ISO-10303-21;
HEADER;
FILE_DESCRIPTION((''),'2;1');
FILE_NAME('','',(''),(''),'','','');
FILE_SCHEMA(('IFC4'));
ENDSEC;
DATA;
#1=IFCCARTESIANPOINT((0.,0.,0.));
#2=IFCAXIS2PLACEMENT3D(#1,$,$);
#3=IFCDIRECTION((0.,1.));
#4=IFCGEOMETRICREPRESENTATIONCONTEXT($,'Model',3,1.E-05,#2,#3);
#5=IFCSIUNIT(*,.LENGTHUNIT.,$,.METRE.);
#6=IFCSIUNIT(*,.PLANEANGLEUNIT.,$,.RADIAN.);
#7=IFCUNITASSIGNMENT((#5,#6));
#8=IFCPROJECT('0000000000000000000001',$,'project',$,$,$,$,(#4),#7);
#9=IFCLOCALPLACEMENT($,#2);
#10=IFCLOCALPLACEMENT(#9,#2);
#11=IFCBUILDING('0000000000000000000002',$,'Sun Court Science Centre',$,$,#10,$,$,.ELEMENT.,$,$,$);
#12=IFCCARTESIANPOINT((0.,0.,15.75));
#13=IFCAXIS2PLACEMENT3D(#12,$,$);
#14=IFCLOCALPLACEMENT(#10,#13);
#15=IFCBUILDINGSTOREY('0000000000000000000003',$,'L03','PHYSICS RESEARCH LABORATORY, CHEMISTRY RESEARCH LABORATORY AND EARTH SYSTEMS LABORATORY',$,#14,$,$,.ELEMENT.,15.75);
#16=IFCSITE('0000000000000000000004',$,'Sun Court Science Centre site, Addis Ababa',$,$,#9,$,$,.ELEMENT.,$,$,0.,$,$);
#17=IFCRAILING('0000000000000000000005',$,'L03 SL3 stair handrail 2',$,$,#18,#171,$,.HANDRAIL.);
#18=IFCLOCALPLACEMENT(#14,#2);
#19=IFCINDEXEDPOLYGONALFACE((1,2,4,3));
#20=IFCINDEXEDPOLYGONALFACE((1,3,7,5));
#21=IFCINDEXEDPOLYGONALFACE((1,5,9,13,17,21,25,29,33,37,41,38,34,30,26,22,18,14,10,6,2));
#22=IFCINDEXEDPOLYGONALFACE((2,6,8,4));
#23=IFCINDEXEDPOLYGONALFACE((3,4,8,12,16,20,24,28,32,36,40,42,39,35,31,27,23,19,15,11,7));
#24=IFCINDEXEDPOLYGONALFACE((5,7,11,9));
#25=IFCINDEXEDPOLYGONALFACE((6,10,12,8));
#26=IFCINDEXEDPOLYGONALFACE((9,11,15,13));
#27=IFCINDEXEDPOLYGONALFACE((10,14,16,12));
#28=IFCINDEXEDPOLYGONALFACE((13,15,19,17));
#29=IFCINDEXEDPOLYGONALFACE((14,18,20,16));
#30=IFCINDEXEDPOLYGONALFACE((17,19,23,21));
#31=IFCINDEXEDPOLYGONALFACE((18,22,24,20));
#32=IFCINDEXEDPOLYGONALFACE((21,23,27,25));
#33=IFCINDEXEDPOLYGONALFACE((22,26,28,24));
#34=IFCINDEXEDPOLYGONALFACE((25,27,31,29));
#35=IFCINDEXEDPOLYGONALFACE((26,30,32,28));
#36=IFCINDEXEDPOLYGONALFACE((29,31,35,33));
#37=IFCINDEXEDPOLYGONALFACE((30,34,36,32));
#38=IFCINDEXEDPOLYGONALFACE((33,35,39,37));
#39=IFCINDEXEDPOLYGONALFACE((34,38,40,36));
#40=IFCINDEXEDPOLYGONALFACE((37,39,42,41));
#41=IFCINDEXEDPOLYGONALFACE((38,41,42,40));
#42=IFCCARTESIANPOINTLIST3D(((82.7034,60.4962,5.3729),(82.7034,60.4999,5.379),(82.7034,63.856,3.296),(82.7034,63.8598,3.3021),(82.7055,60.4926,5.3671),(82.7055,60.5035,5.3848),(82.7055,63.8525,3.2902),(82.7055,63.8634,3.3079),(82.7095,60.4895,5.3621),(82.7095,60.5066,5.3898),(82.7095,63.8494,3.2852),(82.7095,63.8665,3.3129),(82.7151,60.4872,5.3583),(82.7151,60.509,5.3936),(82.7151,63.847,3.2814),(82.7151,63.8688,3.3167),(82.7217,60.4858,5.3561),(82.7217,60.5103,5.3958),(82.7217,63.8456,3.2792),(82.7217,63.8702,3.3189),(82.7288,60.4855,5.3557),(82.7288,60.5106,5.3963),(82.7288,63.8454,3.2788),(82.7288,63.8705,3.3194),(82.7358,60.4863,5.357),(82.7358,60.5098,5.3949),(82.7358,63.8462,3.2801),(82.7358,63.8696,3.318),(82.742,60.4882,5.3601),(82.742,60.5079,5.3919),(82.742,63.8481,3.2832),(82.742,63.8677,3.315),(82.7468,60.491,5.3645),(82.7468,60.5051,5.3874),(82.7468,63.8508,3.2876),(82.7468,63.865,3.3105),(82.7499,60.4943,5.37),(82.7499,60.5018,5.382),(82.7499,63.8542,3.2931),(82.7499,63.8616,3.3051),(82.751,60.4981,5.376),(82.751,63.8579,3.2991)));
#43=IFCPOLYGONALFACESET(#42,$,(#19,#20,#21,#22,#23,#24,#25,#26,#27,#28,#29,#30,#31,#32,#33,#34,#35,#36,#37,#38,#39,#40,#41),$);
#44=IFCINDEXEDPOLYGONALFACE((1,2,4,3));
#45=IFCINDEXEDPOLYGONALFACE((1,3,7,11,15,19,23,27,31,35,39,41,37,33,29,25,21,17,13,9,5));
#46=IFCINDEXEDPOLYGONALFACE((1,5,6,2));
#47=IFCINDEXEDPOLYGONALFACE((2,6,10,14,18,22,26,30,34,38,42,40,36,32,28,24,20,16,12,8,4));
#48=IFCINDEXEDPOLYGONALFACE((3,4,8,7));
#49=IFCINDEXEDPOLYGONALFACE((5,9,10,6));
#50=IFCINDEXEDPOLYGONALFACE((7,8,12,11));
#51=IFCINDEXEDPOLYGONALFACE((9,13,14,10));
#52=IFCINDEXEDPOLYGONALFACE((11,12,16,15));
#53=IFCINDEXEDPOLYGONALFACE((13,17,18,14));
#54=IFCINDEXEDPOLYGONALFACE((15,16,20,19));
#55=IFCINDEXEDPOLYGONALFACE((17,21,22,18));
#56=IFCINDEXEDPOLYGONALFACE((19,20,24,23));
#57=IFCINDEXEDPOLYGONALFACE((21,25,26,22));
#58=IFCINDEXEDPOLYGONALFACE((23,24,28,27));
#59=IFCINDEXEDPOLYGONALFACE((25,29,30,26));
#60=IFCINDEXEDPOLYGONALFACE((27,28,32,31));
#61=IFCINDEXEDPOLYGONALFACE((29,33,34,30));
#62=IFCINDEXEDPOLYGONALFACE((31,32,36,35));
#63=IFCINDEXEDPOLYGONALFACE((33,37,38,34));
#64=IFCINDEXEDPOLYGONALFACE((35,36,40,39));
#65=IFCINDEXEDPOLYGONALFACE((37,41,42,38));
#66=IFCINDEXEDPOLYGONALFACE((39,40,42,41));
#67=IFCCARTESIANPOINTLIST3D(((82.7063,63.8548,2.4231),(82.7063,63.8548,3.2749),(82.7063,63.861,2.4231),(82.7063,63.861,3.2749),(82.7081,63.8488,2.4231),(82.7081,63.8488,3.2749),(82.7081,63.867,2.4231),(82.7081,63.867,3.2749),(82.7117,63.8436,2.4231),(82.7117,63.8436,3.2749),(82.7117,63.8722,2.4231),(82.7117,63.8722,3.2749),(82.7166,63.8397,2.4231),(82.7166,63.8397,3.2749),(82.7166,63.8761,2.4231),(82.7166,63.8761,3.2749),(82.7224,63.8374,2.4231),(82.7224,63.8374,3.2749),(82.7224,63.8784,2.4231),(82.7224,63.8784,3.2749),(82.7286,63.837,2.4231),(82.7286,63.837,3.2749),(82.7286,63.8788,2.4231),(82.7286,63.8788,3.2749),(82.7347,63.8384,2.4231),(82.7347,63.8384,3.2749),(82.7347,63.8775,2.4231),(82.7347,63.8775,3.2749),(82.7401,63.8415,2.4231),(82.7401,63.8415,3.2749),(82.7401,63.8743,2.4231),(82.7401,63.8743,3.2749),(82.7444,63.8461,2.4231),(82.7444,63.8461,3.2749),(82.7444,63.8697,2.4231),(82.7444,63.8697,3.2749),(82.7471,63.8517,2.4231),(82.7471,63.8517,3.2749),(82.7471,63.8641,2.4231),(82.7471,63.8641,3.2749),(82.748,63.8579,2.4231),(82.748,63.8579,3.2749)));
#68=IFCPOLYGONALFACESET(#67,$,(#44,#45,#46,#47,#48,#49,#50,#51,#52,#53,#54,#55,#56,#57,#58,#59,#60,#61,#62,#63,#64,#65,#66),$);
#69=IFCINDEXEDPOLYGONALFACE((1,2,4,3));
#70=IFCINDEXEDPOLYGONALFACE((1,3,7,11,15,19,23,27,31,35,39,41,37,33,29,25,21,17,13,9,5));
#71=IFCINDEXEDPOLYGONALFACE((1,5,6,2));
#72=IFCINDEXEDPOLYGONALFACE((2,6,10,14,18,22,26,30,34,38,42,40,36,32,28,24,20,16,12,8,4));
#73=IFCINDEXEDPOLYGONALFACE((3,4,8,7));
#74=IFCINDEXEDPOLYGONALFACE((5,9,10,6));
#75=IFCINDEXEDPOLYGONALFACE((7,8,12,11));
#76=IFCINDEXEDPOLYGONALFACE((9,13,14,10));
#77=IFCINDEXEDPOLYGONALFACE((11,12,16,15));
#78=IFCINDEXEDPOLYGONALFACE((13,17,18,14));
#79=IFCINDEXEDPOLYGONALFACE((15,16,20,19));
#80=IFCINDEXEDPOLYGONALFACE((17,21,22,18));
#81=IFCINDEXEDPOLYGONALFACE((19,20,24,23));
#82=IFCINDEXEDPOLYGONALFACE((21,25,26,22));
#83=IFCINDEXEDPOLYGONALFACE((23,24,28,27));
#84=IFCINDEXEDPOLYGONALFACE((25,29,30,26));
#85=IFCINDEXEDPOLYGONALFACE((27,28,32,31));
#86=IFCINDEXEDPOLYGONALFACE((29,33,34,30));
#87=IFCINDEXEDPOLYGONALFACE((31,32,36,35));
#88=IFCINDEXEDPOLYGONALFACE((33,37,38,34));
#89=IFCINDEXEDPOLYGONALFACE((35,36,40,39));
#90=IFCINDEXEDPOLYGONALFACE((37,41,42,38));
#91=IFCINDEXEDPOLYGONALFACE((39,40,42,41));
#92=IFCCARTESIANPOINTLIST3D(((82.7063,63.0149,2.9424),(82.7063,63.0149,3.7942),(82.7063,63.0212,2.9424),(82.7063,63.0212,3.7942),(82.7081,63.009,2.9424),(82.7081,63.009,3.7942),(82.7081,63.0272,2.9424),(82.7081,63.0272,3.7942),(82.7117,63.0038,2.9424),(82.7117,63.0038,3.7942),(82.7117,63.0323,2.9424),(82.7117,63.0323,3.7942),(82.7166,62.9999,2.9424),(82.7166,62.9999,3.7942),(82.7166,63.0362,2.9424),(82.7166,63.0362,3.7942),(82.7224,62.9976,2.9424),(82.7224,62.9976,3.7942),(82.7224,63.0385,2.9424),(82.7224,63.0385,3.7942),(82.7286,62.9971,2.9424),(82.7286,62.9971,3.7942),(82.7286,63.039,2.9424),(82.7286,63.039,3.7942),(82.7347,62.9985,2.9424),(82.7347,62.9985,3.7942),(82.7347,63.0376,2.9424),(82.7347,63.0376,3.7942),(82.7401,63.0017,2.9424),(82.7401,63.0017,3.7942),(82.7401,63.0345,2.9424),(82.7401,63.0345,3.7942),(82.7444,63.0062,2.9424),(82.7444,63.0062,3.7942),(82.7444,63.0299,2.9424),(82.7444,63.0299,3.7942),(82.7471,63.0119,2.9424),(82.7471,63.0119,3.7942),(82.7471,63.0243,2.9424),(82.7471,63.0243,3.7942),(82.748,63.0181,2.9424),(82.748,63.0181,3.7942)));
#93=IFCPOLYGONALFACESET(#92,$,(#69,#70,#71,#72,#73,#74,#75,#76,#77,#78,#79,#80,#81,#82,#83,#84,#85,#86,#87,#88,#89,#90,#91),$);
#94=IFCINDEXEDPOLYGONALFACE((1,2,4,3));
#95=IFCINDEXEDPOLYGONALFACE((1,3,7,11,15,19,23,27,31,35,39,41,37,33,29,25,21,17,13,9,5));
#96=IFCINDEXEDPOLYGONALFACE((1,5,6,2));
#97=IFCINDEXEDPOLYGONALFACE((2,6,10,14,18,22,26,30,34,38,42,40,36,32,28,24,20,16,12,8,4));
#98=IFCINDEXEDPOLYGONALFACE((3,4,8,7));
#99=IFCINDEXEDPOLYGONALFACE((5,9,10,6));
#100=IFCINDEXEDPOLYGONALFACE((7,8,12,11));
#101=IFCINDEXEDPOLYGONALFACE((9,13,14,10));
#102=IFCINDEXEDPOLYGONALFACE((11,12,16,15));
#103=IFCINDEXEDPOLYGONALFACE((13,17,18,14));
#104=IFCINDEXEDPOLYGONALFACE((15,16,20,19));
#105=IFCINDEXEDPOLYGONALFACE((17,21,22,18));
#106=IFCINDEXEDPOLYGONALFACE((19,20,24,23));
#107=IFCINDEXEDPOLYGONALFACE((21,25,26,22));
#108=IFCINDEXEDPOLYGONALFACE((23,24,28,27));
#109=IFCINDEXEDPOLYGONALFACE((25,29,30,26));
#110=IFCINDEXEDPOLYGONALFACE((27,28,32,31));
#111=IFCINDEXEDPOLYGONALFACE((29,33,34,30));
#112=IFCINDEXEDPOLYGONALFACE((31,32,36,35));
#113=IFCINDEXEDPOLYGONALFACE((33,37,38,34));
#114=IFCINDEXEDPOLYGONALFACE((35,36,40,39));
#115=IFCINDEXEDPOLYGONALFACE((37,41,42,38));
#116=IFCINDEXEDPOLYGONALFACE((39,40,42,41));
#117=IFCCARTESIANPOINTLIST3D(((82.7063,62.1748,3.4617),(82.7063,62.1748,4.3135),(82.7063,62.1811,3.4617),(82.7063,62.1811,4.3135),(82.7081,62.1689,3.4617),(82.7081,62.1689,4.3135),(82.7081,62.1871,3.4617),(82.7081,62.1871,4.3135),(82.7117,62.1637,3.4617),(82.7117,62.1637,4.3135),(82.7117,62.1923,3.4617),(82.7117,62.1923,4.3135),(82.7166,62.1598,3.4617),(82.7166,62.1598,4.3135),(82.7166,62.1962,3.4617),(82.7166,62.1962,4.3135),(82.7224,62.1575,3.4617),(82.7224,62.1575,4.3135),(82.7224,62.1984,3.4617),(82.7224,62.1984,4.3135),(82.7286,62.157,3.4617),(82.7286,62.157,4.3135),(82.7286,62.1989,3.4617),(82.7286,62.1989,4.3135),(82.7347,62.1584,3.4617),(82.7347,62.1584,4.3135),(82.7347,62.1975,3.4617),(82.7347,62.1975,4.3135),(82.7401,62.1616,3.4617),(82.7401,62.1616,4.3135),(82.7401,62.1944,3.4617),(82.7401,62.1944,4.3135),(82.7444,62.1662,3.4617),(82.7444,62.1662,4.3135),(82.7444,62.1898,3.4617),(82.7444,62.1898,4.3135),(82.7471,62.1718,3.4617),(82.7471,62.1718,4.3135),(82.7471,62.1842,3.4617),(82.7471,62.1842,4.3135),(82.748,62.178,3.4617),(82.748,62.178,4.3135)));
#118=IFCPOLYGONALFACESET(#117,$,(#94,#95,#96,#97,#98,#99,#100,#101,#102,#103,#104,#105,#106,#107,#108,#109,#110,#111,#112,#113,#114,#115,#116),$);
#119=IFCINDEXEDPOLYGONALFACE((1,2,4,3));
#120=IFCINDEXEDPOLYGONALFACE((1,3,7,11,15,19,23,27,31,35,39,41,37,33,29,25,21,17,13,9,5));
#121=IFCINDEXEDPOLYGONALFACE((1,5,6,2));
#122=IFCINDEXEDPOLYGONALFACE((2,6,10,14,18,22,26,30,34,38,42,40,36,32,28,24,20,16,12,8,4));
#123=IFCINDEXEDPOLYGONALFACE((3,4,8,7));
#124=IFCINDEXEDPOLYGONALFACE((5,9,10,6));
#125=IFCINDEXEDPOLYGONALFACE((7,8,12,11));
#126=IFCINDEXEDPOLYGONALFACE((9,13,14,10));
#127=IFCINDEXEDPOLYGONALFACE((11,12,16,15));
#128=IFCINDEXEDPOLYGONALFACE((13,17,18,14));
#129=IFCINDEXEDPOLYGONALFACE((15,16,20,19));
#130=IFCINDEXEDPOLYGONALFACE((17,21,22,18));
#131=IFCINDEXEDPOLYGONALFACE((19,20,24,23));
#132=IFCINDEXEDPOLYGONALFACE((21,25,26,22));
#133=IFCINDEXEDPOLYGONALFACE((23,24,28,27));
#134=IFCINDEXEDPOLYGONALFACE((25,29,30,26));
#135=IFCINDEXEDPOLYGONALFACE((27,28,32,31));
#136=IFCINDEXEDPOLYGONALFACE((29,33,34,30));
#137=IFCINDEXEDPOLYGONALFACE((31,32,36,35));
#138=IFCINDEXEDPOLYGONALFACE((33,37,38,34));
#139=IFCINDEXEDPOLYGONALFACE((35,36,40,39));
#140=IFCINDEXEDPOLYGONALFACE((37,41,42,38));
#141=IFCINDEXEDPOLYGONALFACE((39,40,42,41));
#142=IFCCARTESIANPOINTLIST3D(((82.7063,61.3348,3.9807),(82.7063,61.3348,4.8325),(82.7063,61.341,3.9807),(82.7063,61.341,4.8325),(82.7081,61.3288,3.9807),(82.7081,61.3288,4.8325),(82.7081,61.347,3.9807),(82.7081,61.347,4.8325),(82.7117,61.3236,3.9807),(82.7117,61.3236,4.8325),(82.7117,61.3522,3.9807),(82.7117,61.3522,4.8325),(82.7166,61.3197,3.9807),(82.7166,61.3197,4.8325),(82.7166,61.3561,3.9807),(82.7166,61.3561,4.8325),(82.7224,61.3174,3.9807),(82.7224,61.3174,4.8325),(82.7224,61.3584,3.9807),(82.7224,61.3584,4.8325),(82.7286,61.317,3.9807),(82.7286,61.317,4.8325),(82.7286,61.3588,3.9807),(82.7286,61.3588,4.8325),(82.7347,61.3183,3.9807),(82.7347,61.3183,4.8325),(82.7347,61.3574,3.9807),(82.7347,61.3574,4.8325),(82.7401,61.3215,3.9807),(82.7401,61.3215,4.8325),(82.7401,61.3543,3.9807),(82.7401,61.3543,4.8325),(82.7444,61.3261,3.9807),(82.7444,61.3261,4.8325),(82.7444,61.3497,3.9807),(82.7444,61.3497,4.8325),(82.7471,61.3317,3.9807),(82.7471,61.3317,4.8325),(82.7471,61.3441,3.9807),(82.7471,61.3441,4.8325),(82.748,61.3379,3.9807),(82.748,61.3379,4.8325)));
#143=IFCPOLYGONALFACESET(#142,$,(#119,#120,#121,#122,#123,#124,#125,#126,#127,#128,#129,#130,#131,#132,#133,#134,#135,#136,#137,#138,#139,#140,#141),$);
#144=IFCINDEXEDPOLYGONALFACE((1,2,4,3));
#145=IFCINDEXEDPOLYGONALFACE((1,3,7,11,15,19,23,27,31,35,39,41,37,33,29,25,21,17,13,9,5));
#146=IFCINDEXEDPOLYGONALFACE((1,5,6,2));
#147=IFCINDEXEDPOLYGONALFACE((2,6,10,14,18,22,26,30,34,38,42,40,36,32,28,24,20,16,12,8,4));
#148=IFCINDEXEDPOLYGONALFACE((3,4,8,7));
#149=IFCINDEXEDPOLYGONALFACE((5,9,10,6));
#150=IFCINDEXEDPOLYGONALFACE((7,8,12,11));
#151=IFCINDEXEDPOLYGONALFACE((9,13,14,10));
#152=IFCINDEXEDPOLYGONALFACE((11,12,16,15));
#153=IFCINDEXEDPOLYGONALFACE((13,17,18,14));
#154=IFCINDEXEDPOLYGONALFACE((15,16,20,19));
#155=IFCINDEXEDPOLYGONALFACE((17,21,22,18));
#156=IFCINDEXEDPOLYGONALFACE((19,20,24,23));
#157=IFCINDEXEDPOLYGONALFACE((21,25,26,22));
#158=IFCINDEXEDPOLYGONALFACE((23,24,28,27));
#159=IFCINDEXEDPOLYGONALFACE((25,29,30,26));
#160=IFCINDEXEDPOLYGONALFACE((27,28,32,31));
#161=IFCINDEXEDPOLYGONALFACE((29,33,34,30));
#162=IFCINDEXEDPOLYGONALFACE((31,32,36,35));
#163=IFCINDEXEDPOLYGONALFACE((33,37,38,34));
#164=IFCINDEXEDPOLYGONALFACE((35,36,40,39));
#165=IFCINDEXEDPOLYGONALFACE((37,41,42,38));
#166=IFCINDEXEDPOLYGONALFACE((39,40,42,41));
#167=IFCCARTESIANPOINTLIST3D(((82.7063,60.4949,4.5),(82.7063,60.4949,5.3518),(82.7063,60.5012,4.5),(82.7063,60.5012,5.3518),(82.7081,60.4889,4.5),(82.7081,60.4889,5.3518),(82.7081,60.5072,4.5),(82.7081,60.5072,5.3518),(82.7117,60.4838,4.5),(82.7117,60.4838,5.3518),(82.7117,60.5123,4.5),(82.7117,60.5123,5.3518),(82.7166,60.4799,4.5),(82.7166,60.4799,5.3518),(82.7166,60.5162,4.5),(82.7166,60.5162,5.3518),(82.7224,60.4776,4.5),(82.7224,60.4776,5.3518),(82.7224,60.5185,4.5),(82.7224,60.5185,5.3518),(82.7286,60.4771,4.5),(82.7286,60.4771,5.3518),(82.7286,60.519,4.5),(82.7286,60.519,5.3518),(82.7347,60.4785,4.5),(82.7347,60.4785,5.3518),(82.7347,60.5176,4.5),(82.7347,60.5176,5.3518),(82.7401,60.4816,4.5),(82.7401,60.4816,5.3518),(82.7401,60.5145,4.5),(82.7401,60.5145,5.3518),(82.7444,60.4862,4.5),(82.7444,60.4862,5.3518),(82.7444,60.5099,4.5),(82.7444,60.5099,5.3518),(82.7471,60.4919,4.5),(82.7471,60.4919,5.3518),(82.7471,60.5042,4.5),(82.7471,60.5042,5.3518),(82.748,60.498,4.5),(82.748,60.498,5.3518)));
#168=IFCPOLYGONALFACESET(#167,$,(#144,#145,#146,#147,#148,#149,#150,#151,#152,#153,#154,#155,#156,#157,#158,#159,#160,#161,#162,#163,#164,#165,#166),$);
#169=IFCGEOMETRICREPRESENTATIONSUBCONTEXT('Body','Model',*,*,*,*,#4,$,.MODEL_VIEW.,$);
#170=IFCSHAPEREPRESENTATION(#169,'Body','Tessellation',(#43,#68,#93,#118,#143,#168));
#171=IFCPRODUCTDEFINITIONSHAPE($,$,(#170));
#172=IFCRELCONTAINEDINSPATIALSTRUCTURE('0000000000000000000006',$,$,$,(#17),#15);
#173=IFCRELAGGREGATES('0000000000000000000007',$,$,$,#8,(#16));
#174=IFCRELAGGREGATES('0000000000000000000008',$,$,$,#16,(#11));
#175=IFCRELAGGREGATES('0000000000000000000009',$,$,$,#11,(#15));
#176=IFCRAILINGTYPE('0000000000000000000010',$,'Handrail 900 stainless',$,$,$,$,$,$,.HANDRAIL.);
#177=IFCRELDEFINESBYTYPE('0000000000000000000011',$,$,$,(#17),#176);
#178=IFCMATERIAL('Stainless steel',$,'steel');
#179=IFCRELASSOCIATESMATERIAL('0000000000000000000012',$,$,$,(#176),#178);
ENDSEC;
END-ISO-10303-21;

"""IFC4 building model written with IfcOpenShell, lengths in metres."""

from ifc_helpers import new_model, si_unit, direction, frame, origin, origin_2d, place, context, subcontext, project, spatial, circle, extrude, material, type_object, element, save


model = new_model("IFC4")

# Units and contexts
model_context = context("Model", 3, precision=1e-05, world=origin(), true_north=direction((0.0, 1.0)))
body_context = subcontext(model_context, "Body", "Model", "MODEL_VIEW")
ifc_project = project(units=[si_unit("LENGTHUNIT", "METRE"), si_unit("PLANEANGLEUNIT", "RADIAN")], contexts=[model_context])

# Site, building, storey
site_placement = place(None, origin())
site = spatial("IfcSite", under=ifc_project, at=site_placement, Name="Sun Court Science Centre site, Addis Ababa", CompositionType="ELEMENT", RefElevation=0.0)
building_placement = place(site_placement, origin())
building = spatial("IfcBuilding", under=site, at=building_placement, Name="Sun Court Science Centre", CompositionType="ELEMENT")
storey_placement = place(building_placement, frame((0.0, 0.0, 15.75)))
storey = spatial("IfcBuildingStorey", under=building, at=storey_placement, Name="L03", Description="PHYSICS RESEARCH LABORATORY, CHEMISTRY RESEARCH LABORATORY AND EARTH SYSTEMS LABORATORY", CompositionType="ELEMENT", Elevation=15.75)

# Railing
ifc_material_1 = material(Name="Stainless steel", Category="steel")
railing_type_1 = type_object("IfcRailingType", Name="Handrail 900 stainless", PredefinedType="HANDRAIL", material=ifc_material_1)
railing_1_placement = place(storey_placement, frame((82.7271, 63.8579, 2.4231)))
element("IfcRailing", 1, at=railing_1_placement, inside=storey, type_object=railing_type_1, Name="L03 SL3 stair handrail 2", PredefinedType="HANDRAIL", context=body_context, shape_type="SweptSolid", body=[
    extrude(circle(Radius=0.0239, at=origin_2d()), frame((0.0, 0.0, 0.876), z_axis=(0.0, -0.850606, 0.525803), x_axis=(1.0, 0.0, 0.0)), (0.0, 0.0, 1.0), 3.95),
    extrude(circle(Radius=0.021, at=origin_2d()), origin(), (0.0, 0.0, 1.0), 0.8518),
    extrude(circle(Radius=0.021, at=origin_2d()), frame((0.0, -0.8398, 0.5193)), (0.0, 0.0, 1.0), 0.8518),
    extrude(circle(Radius=0.021, at=origin_2d()), frame((0.0, -1.6799, 1.0386)), (0.0, 0.0, 1.0), 0.8518),
    extrude(circle(Radius=0.021, at=origin_2d()), frame((0.0, -2.52, 1.5576)), (0.0, 0.0, 1.0), 0.8518),
    extrude(circle(Radius=0.021, at=origin_2d()), frame((0.0, -3.3599, 2.0769)), (0.0, 0.0, 1.0), 0.8518),
])

save(model, "model.ifc")
